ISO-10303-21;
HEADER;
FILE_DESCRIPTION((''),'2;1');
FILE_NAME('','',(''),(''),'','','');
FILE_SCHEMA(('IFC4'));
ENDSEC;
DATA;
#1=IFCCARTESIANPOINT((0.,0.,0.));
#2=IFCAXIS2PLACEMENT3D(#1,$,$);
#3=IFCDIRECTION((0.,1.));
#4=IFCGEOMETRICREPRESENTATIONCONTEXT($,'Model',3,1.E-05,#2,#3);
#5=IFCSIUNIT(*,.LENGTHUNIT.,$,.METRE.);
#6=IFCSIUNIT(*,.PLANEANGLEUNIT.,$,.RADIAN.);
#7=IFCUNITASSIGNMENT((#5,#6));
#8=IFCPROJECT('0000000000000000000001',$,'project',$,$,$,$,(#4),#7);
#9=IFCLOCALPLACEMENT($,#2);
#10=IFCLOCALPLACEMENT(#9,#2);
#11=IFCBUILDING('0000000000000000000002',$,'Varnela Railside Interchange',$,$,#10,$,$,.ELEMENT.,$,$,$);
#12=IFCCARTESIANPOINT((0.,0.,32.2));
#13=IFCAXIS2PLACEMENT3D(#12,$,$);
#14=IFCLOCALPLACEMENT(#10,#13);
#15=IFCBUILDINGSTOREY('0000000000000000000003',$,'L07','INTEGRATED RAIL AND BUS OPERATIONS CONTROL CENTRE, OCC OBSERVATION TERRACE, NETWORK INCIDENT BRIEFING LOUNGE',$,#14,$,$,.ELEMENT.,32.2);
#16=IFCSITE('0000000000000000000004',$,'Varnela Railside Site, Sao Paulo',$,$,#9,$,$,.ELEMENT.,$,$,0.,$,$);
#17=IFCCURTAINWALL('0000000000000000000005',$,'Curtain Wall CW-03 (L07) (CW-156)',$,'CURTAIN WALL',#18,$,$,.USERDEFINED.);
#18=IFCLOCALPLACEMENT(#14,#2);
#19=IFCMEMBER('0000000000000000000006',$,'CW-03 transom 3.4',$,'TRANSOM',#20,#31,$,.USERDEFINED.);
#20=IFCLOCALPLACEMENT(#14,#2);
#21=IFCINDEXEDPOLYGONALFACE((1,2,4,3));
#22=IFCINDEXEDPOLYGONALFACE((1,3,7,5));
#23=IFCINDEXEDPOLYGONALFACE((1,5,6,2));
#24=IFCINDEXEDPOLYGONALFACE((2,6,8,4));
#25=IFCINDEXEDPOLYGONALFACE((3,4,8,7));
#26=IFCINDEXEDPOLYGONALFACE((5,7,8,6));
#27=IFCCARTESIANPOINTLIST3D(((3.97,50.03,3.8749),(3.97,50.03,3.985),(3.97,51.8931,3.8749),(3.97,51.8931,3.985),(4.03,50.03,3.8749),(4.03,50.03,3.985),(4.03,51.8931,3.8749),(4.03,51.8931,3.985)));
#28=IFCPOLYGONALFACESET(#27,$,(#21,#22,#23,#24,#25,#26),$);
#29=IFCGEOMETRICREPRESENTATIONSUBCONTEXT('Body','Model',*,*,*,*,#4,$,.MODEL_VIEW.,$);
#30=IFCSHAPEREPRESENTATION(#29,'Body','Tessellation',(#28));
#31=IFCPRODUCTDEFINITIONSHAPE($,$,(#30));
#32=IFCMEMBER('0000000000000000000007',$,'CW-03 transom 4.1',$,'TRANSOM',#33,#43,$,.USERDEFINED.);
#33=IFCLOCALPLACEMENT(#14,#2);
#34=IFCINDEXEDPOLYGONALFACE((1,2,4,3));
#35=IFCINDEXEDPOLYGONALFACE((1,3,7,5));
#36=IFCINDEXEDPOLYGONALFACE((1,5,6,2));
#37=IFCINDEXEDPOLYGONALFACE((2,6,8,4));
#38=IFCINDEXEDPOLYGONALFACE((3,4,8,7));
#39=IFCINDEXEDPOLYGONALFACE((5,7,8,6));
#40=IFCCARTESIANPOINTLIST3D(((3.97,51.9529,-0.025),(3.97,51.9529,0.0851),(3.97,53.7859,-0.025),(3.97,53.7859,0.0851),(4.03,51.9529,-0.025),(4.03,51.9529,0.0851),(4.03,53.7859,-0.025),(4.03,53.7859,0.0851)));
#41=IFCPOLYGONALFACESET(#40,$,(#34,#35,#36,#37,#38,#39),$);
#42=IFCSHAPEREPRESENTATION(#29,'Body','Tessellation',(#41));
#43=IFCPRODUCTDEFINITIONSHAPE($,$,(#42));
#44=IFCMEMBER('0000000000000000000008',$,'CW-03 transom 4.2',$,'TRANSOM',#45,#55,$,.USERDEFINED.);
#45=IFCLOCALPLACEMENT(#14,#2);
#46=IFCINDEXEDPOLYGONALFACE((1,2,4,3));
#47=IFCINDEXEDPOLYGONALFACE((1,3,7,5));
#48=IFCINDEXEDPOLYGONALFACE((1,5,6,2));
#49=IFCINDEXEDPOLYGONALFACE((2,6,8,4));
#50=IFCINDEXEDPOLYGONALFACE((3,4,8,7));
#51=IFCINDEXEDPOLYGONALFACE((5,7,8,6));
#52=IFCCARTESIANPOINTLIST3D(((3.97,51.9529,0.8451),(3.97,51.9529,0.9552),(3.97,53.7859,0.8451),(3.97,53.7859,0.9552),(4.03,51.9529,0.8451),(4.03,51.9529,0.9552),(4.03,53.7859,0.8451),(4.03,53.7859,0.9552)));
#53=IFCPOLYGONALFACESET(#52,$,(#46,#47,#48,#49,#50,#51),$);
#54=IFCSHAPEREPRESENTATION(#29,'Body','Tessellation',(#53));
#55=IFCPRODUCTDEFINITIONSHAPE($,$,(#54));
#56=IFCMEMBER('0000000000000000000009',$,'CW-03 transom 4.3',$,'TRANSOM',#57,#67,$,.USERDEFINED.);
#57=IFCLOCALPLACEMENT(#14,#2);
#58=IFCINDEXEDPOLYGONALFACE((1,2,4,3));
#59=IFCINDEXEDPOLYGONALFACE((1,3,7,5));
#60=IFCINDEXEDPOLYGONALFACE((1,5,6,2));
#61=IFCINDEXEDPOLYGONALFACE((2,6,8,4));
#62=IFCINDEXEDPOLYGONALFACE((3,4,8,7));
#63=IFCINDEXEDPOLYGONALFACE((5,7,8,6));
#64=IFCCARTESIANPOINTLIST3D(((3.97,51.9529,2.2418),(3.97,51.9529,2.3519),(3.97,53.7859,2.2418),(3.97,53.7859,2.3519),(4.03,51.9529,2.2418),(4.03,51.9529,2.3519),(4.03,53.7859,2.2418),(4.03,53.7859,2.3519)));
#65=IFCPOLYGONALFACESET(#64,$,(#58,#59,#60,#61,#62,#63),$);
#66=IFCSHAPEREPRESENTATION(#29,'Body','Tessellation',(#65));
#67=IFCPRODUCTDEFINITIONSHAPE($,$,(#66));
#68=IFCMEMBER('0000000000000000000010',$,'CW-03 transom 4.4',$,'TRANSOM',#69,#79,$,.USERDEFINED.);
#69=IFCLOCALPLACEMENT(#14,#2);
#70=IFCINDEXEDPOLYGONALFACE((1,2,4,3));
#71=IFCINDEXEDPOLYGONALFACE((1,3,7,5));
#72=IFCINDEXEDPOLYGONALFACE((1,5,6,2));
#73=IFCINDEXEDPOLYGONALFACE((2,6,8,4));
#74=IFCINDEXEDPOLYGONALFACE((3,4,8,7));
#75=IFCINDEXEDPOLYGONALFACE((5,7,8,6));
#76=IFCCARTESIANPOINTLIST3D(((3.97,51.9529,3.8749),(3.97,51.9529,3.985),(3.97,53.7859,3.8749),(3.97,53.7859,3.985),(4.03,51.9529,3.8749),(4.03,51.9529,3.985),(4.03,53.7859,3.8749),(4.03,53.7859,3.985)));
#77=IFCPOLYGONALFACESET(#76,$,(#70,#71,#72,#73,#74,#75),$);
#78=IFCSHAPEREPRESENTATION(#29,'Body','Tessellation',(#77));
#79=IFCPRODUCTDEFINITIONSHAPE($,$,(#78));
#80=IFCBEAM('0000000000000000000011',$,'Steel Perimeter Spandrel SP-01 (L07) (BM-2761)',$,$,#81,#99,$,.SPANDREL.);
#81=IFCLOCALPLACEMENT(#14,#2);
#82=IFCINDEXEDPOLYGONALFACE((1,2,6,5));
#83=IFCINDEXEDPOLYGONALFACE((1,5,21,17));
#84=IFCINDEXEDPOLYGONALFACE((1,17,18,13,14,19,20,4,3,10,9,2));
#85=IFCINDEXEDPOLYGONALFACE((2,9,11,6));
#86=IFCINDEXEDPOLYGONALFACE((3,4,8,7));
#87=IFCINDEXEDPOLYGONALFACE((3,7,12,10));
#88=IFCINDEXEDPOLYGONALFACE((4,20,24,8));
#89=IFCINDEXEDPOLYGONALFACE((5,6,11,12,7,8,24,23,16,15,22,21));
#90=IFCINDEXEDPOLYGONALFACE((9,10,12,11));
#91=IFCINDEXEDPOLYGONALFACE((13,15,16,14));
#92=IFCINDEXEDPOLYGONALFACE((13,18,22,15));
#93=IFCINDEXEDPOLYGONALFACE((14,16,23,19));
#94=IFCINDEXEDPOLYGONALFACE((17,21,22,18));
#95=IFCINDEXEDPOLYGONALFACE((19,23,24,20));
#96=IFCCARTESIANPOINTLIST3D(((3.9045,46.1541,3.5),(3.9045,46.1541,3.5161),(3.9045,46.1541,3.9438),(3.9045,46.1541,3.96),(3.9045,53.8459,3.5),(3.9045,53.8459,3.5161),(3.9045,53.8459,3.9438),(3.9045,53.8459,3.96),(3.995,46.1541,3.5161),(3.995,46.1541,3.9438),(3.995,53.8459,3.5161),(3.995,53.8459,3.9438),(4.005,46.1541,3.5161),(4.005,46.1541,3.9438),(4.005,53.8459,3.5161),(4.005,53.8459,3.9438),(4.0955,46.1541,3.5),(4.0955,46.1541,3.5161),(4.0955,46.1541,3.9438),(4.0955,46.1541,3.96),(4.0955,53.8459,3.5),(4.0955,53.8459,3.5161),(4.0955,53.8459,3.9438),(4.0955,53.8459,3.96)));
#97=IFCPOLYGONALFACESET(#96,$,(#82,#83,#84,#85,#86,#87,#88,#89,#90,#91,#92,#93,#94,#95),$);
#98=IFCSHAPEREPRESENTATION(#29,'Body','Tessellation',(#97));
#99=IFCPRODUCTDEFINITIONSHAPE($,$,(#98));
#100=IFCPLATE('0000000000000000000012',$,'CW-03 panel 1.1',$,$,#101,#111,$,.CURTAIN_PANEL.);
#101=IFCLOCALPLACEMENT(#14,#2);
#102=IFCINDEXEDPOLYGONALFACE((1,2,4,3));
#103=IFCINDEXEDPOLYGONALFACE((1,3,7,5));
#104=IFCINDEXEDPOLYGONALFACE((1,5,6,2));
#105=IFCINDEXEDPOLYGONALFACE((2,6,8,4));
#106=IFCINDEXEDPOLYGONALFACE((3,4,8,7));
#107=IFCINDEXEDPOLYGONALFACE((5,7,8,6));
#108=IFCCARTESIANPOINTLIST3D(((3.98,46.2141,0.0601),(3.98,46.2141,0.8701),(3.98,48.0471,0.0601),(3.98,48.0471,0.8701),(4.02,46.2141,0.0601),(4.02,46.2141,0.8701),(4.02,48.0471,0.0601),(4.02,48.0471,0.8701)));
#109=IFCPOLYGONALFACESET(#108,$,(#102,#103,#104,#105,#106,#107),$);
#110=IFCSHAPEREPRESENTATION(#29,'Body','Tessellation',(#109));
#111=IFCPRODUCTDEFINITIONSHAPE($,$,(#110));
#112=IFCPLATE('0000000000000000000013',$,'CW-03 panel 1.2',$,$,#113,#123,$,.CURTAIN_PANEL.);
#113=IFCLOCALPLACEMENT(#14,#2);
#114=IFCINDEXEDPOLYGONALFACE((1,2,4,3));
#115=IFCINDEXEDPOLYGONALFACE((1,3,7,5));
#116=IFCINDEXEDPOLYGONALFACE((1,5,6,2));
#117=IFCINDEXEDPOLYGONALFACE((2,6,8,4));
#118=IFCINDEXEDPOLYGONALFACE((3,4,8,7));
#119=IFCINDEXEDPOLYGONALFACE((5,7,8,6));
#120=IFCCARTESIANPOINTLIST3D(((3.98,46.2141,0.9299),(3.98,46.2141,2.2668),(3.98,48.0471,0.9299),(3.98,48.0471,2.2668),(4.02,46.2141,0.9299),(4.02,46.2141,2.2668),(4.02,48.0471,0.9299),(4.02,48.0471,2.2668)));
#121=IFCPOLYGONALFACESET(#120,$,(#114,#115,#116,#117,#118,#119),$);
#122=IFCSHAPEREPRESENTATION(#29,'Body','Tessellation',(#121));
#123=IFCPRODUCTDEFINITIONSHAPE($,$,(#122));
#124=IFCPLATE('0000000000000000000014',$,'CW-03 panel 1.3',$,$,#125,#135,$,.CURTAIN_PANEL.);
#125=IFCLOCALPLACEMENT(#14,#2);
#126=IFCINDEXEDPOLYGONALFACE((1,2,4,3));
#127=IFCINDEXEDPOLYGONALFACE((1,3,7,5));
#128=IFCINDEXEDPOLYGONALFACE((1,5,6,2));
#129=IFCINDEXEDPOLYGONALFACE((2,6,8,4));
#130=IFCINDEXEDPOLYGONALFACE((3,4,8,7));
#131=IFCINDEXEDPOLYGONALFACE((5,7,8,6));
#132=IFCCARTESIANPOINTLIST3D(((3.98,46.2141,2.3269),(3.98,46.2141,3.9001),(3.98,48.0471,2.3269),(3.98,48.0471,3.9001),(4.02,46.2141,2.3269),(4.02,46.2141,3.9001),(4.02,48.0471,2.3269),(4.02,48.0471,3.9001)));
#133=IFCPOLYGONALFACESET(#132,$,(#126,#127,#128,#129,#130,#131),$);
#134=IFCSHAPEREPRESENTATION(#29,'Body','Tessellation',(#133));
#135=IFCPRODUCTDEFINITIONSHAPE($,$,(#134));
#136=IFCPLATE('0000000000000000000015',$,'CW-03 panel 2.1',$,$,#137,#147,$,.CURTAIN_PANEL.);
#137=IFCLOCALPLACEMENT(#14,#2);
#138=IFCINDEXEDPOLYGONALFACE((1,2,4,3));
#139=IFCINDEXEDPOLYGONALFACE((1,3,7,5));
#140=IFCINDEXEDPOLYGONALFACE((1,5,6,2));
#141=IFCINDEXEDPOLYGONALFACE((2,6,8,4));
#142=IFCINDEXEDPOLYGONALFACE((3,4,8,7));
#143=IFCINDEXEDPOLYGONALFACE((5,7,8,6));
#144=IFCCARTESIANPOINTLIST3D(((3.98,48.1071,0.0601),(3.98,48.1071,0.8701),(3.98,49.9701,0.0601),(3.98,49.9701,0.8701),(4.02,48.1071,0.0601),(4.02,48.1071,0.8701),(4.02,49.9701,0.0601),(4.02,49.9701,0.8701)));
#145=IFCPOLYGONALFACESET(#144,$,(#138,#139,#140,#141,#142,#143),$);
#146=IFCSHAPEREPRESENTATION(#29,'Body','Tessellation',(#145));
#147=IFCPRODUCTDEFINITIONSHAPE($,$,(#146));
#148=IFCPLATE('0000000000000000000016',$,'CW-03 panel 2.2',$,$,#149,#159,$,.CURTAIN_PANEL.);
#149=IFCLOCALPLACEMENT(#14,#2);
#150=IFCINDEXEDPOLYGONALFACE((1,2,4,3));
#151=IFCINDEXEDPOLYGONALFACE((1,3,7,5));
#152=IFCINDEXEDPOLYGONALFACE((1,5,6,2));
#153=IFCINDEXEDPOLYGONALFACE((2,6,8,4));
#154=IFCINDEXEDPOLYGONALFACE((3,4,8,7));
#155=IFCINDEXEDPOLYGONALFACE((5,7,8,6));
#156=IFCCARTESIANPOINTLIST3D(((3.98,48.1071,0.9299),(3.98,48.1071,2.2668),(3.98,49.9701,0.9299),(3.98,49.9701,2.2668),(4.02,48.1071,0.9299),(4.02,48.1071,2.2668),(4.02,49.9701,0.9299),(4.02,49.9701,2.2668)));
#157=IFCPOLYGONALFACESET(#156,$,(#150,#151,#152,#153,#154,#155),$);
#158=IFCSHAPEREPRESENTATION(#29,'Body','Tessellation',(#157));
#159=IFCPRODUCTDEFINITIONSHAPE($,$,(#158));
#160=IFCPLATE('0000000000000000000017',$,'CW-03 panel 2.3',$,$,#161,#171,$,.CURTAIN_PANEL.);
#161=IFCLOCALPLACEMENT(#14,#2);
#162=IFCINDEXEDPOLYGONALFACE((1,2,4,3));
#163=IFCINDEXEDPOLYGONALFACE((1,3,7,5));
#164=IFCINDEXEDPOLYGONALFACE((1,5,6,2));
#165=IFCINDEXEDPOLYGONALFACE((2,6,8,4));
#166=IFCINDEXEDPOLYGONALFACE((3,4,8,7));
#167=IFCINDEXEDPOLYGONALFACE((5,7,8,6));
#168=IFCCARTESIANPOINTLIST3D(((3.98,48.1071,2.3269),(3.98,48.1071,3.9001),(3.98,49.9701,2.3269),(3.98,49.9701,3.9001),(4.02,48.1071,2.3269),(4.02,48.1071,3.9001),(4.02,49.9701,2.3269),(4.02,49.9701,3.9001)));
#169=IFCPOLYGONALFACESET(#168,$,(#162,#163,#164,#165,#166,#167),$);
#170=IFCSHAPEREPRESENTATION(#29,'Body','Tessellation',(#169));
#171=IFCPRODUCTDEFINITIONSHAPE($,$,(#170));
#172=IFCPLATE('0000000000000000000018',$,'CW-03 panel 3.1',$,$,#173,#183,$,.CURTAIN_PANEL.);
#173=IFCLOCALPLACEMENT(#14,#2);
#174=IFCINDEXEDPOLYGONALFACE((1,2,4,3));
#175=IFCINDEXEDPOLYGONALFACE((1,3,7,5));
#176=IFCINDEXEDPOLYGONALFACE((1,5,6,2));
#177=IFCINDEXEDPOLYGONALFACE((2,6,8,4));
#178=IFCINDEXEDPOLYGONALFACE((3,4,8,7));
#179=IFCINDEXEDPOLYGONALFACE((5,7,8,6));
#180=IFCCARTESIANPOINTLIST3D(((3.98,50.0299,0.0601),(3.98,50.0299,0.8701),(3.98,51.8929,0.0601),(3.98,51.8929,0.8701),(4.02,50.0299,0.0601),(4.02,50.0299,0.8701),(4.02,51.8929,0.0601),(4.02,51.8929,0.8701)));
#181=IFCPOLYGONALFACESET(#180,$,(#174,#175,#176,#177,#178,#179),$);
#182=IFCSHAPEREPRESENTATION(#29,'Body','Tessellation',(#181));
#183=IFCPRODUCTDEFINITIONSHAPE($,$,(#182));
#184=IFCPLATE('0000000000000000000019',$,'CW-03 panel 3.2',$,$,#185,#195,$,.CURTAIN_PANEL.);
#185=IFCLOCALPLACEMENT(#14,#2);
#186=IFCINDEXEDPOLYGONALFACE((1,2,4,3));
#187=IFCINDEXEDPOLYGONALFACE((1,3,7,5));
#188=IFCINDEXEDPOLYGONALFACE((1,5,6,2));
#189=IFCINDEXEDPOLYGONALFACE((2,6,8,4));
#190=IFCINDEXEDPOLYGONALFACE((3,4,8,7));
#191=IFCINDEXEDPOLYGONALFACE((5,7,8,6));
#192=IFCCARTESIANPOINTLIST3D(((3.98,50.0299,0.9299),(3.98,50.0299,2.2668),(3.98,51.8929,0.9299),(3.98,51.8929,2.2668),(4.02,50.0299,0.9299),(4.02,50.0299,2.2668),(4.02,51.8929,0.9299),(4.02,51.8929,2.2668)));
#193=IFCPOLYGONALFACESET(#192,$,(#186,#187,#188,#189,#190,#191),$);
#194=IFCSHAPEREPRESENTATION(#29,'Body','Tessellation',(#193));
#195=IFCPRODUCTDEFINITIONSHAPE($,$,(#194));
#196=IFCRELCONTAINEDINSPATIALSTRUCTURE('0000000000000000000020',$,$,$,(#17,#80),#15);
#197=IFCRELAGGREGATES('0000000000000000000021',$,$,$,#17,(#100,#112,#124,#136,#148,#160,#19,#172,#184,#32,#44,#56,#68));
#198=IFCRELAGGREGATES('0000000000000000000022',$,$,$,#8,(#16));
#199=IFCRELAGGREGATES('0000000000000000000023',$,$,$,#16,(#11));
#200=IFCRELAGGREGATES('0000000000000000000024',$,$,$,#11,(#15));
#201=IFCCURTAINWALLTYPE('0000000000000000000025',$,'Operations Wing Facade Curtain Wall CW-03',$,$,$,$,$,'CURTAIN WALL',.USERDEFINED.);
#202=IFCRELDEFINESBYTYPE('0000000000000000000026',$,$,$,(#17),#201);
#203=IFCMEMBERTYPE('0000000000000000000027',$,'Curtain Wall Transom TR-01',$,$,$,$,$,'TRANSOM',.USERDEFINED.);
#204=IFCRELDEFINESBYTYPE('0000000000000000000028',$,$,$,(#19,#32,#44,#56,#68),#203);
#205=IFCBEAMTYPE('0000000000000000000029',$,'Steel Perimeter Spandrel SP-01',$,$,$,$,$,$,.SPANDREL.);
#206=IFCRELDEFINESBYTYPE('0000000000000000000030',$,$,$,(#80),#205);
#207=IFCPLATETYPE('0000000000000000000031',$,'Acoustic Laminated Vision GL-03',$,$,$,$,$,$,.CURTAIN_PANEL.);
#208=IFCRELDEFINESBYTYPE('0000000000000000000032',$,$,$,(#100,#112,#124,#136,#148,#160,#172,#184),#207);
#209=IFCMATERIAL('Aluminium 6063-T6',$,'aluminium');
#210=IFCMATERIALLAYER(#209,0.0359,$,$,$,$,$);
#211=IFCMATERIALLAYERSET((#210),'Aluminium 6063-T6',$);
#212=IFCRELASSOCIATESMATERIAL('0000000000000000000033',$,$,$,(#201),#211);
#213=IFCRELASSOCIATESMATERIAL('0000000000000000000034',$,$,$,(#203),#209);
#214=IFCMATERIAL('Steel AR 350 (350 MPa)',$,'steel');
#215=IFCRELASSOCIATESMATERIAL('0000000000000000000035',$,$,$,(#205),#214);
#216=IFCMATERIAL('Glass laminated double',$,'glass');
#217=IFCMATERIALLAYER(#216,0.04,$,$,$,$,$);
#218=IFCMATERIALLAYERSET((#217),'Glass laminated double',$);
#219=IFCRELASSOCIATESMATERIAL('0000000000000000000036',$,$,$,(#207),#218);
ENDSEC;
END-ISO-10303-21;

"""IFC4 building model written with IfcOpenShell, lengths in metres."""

from ifc_helpers import new_model, si_unit, direction, frame, origin, origin_2d, place, context, subcontext, project, spatial, rectangle, i_section, extrude, material, layer, layer_set, material_profile, profile_set, type_object, element, aggregate, save


model = new_model("IFC4")

# Units and contexts
model_context = context("Model", 3, precision=1e-05, world=origin(), true_north=direction((0.0, 1.0)))
body_context = subcontext(model_context, "Body", "Model", "MODEL_VIEW")
ifc_project = project(units=[si_unit("LENGTHUNIT", "METRE"), si_unit("PLANEANGLEUNIT", "RADIAN")], contexts=[model_context])

# Site, building, storey
site_placement = place(None, origin())
site = spatial("IfcSite", under=ifc_project, at=site_placement, Name="Varnela Railside Site, Sao Paulo", CompositionType="ELEMENT", RefElevation=0.0)
building_placement = place(site_placement, origin())
building = spatial("IfcBuilding", under=site, at=building_placement, Name="Varnela Railside Interchange", CompositionType="ELEMENT")
storey_placement = place(building_placement, frame((0.0, 0.0, 32.2)))
storey = spatial("IfcBuildingStorey", under=building, at=storey_placement, Name="L07", Description="INTEGRATED RAIL AND BUS OPERATIONS CONTROL CENTRE, OCC OBSERVATION TERRACE, NETWORK INCIDENT BRIEFING LOUNGE", CompositionType="ELEMENT", Elevation=32.2)

# Curtain wall, members
ifc_material_1 = material(Name="Aluminium 6063-T6", Category="aluminium")
ifc_layer_1 = layer(ifc_material_1, 0.0359)
ifc_layer_set_1 = layer_set([ifc_layer_1], Name="Aluminium 6063-T6")
curtain_wall_type = type_object("IfcCurtainWallType", Name="Operations Wing Facade Curtain Wall CW-03", ElementType="CURTAIN WALL", PredefinedType="USERDEFINED", material=ifc_layer_set_1)
curtain_wall_placement = place(storey_placement, origin())
curtain_wall = element("IfcCurtainWall", 1, at=curtain_wall_placement, inside=storey, type_object=curtain_wall_type, Name="Curtain Wall CW-03 (L07) (CW-156)", ObjectType="CURTAIN WALL", PredefinedType="USERDEFINED")
ifc_material_profile_1 = material_profile(ifc_material_1, rectangle(XDim=0.0601, YDim=0.1101, at=origin_2d()), Name="ALU 60x110")
ifc_profile_set_1 = profile_set([ifc_material_profile_1], Name="Aluminium 6063-T6")
member_type_1 = type_object("IfcMemberType", Name="Curtain Wall Transom TR-01", ElementType="TRANSOM", PredefinedType="USERDEFINED", material=ifc_profile_set_1)
member_1_placement = place(storey_placement, frame((4.0, 50.03, 3.9299), z_axis=(0.0, 1.0, 0.0), x_axis=(-1.0, 0.0, 0.0)))
member_1 = element("IfcMember", 2, at=member_1_placement, type_object=member_type_1, Name="CW-03 transom 3.4", ObjectType="TRANSOM", PredefinedType="USERDEFINED", context=body_context, shape_type="SweptSolid", body=[
    extrude(rectangle(XDim=0.0601, YDim=0.1101, at=origin_2d()), origin(), (0.0, 0.0, 1.0), 1.863),
])
member_2_placement = place(storey_placement, frame((4.0, 51.9529, 0.03), z_axis=(0.0, 1.0, 0.0), x_axis=(-1.0, 0.0, 0.0)))
member_2 = element("IfcMember", 3, at=member_2_placement, type_object=member_type_1, Name="CW-03 transom 4.1", ObjectType="TRANSOM", PredefinedType="USERDEFINED", context=body_context, shape_type="SweptSolid", body=[
    extrude(rectangle(XDim=0.0601, YDim=0.1101, at=origin_2d()), origin(), (0.0, 0.0, 1.0), 1.833),
])
member_3_placement = place(storey_placement, frame((4.0, 51.9529, 0.9001), z_axis=(0.0, 1.0, 0.0), x_axis=(-1.0, 0.0, 0.0)))
member_3 = element("IfcMember", 4, at=member_3_placement, type_object=member_type_1, Name="CW-03 transom 4.2", ObjectType="TRANSOM", PredefinedType="USERDEFINED", context=body_context, shape_type="SweptSolid", body=[
    extrude(rectangle(XDim=0.0601, YDim=0.1101, at=origin_2d()), origin(), (0.0, 0.0, 1.0), 1.833),
])
member_4_placement = place(storey_placement, frame((4.0, 51.9529, 2.2969), z_axis=(0.0, 1.0, 0.0), x_axis=(-1.0, 0.0, 0.0)))
member_4 = element("IfcMember", 5, at=member_4_placement, type_object=member_type_1, Name="CW-03 transom 4.3", ObjectType="TRANSOM", PredefinedType="USERDEFINED", context=body_context, shape_type="SweptSolid", body=[
    extrude(rectangle(XDim=0.0601, YDim=0.1101, at=origin_2d()), origin(), (0.0, 0.0, 1.0), 1.833),
])
member_5_placement = place(storey_placement, frame((4.0, 51.9529, 3.9299), z_axis=(0.0, 1.0, 0.0), x_axis=(-1.0, 0.0, 0.0)))
member_5 = element("IfcMember", 6, at=member_5_placement, type_object=member_type_1, Name="CW-03 transom 4.4", ObjectType="TRANSOM", PredefinedType="USERDEFINED", context=body_context, shape_type="SweptSolid", body=[
    extrude(rectangle(XDim=0.0601, YDim=0.1101, at=origin_2d()), origin(), (0.0, 0.0, 1.0), 1.833),
])

# Beam
ifc_material_2 = material(Name="Steel AR 350 (350 MPa)", Category="steel")
ifc_material_profile_2 = material_profile(ifc_material_2, i_section(OverallWidth=0.1909, OverallDepth=0.46, WebThickness=0.01, FlangeThickness=0.0161, at=origin_2d()), Name="W460x82")
ifc_profile_set_2 = profile_set([ifc_material_profile_2], Name="Steel AR 350 (350 MPa)")
beam_type = type_object("IfcBeamType", Name="Steel Perimeter Spandrel SP-01", PredefinedType="SPANDREL", material=ifc_profile_set_2)
beam_placement = place(storey_placement, frame((4.0, 46.1541, 3.73), z_axis=(0.0, 1.0, 0.0), x_axis=(-1.0, 0.0, 0.0)))
element("IfcBeam", 7, at=beam_placement, inside=storey, type_object=beam_type, Name="Steel Perimeter Spandrel SP-01 (L07) (BM-2761)", PredefinedType="SPANDREL", context=body_context, shape_type="SweptSolid", body=[
    extrude(i_section(OverallWidth=0.1909, OverallDepth=0.46, WebThickness=0.01, FlangeThickness=0.0161, at=origin_2d()), origin(), (0.0, 0.0, 1.0), 7.6919),
])

# Plates
ifc_material_3 = material(Name="Glass laminated double", Category="glass")
ifc_layer_2 = layer(ifc_material_3, 0.04)
ifc_layer_set_2 = layer_set([ifc_layer_2], Name="Glass laminated double")
plate_type = type_object("IfcPlateType", Name="Acoustic Laminated Vision GL-03", PredefinedType="CURTAIN_PANEL", material=ifc_layer_set_2)
plate_1_placement = place(storey_placement, frame((4.0, 47.1306, 0.0601), z_axis=(0.0, 0.0, 1.0), x_axis=(0.0, 1.0, 0.0)))
plate_1 = element("IfcPlate", 8, at=plate_1_placement, type_object=plate_type, Name="CW-03 panel 1.1", PredefinedType="CURTAIN_PANEL", context=body_context, shape_type="SweptSolid", body=[
    extrude(rectangle(XDim=1.833, YDim=0.04, at=origin_2d()), origin(), (0.0, 0.0, 1.0), 0.8101),
])
plate_2_placement = place(storey_placement, frame((4.0, 47.1306, 0.9299), z_axis=(0.0, 0.0, 1.0), x_axis=(0.0, 1.0, 0.0)))
plate_2 = element("IfcPlate", 9, at=plate_2_placement, type_object=plate_type, Name="CW-03 panel 1.2", PredefinedType="CURTAIN_PANEL", context=body_context, shape_type="SweptSolid", body=[
    extrude(rectangle(XDim=1.833, YDim=0.04, at=origin_2d()), origin(), (0.0, 0.0, 1.0), 1.3369),
])
plate_3_placement = place(storey_placement, frame((4.0, 47.1306, 2.3269), z_axis=(0.0, 0.0, 1.0), x_axis=(0.0, 1.0, 0.0)))
plate_3 = element("IfcPlate", 10, at=plate_3_placement, type_object=plate_type, Name="CW-03 panel 1.3", PredefinedType="CURTAIN_PANEL", context=body_context, shape_type="SweptSolid", body=[
    extrude(rectangle(XDim=1.833, YDim=0.04, at=origin_2d()), origin(), (0.0, 0.0, 1.0), 1.5732),
])
plate_4_placement = place(storey_placement, frame((4.0, 49.0386, 0.0601), z_axis=(0.0, 0.0, 1.0), x_axis=(0.0, 1.0, 0.0)))
plate_4 = element("IfcPlate", 11, at=plate_4_placement, type_object=plate_type, Name="CW-03 panel 2.1", PredefinedType="CURTAIN_PANEL", context=body_context, shape_type="SweptSolid", body=[
    extrude(rectangle(XDim=1.863, YDim=0.04, at=origin_2d()), origin(), (0.0, 0.0, 1.0), 0.8101),
])
plate_5_placement = place(storey_placement, frame((4.0, 49.0386, 0.9299), z_axis=(0.0, 0.0, 1.0), x_axis=(0.0, 1.0, 0.0)))
plate_5 = element("IfcPlate", 12, at=plate_5_placement, type_object=plate_type, Name="CW-03 panel 2.2", PredefinedType="CURTAIN_PANEL", context=body_context, shape_type="SweptSolid", body=[
    extrude(rectangle(XDim=1.863, YDim=0.04, at=origin_2d()), origin(), (0.0, 0.0, 1.0), 1.3369),
])
plate_6_placement = place(storey_placement, frame((4.0, 49.0386, 2.3269), z_axis=(0.0, 0.0, 1.0), x_axis=(0.0, 1.0, 0.0)))
plate_6 = element("IfcPlate", 13, at=plate_6_placement, type_object=plate_type, Name="CW-03 panel 2.3", PredefinedType="CURTAIN_PANEL", context=body_context, shape_type="SweptSolid", body=[
    extrude(rectangle(XDim=1.863, YDim=0.04, at=origin_2d()), origin(), (0.0, 0.0, 1.0), 1.5732),
])
plate_7_placement = place(storey_placement, frame((4.0, 50.9614, 0.0601), z_axis=(0.0, 0.0, 1.0), x_axis=(0.0, 1.0, 0.0)))
plate_7 = element("IfcPlate", 14, at=plate_7_placement, type_object=plate_type, Name="CW-03 panel 3.1", PredefinedType="CURTAIN_PANEL", context=body_context, shape_type="SweptSolid", body=[
    extrude(rectangle(XDim=1.863, YDim=0.04, at=origin_2d()), origin(), (0.0, 0.0, 1.0), 0.8101),
])
plate_8_placement = place(storey_placement, frame((4.0, 50.9614, 0.9299), z_axis=(0.0, 0.0, 1.0), x_axis=(0.0, 1.0, 0.0)))
plate_8 = element("IfcPlate", 15, at=plate_8_placement, type_object=plate_type, Name="CW-03 panel 3.2", PredefinedType="CURTAIN_PANEL", context=body_context, shape_type="SweptSolid", body=[
    extrude(rectangle(XDim=1.863, YDim=0.04, at=origin_2d()), origin(), (0.0, 0.0, 1.0), 1.3369),
])
aggregate(curtain_wall, [plate_1, plate_2, plate_3, plate_4, plate_5, plate_6, member_1, plate_7, plate_8, member_2, member_3, member_4, member_5])

save(model, "model.ifc")
